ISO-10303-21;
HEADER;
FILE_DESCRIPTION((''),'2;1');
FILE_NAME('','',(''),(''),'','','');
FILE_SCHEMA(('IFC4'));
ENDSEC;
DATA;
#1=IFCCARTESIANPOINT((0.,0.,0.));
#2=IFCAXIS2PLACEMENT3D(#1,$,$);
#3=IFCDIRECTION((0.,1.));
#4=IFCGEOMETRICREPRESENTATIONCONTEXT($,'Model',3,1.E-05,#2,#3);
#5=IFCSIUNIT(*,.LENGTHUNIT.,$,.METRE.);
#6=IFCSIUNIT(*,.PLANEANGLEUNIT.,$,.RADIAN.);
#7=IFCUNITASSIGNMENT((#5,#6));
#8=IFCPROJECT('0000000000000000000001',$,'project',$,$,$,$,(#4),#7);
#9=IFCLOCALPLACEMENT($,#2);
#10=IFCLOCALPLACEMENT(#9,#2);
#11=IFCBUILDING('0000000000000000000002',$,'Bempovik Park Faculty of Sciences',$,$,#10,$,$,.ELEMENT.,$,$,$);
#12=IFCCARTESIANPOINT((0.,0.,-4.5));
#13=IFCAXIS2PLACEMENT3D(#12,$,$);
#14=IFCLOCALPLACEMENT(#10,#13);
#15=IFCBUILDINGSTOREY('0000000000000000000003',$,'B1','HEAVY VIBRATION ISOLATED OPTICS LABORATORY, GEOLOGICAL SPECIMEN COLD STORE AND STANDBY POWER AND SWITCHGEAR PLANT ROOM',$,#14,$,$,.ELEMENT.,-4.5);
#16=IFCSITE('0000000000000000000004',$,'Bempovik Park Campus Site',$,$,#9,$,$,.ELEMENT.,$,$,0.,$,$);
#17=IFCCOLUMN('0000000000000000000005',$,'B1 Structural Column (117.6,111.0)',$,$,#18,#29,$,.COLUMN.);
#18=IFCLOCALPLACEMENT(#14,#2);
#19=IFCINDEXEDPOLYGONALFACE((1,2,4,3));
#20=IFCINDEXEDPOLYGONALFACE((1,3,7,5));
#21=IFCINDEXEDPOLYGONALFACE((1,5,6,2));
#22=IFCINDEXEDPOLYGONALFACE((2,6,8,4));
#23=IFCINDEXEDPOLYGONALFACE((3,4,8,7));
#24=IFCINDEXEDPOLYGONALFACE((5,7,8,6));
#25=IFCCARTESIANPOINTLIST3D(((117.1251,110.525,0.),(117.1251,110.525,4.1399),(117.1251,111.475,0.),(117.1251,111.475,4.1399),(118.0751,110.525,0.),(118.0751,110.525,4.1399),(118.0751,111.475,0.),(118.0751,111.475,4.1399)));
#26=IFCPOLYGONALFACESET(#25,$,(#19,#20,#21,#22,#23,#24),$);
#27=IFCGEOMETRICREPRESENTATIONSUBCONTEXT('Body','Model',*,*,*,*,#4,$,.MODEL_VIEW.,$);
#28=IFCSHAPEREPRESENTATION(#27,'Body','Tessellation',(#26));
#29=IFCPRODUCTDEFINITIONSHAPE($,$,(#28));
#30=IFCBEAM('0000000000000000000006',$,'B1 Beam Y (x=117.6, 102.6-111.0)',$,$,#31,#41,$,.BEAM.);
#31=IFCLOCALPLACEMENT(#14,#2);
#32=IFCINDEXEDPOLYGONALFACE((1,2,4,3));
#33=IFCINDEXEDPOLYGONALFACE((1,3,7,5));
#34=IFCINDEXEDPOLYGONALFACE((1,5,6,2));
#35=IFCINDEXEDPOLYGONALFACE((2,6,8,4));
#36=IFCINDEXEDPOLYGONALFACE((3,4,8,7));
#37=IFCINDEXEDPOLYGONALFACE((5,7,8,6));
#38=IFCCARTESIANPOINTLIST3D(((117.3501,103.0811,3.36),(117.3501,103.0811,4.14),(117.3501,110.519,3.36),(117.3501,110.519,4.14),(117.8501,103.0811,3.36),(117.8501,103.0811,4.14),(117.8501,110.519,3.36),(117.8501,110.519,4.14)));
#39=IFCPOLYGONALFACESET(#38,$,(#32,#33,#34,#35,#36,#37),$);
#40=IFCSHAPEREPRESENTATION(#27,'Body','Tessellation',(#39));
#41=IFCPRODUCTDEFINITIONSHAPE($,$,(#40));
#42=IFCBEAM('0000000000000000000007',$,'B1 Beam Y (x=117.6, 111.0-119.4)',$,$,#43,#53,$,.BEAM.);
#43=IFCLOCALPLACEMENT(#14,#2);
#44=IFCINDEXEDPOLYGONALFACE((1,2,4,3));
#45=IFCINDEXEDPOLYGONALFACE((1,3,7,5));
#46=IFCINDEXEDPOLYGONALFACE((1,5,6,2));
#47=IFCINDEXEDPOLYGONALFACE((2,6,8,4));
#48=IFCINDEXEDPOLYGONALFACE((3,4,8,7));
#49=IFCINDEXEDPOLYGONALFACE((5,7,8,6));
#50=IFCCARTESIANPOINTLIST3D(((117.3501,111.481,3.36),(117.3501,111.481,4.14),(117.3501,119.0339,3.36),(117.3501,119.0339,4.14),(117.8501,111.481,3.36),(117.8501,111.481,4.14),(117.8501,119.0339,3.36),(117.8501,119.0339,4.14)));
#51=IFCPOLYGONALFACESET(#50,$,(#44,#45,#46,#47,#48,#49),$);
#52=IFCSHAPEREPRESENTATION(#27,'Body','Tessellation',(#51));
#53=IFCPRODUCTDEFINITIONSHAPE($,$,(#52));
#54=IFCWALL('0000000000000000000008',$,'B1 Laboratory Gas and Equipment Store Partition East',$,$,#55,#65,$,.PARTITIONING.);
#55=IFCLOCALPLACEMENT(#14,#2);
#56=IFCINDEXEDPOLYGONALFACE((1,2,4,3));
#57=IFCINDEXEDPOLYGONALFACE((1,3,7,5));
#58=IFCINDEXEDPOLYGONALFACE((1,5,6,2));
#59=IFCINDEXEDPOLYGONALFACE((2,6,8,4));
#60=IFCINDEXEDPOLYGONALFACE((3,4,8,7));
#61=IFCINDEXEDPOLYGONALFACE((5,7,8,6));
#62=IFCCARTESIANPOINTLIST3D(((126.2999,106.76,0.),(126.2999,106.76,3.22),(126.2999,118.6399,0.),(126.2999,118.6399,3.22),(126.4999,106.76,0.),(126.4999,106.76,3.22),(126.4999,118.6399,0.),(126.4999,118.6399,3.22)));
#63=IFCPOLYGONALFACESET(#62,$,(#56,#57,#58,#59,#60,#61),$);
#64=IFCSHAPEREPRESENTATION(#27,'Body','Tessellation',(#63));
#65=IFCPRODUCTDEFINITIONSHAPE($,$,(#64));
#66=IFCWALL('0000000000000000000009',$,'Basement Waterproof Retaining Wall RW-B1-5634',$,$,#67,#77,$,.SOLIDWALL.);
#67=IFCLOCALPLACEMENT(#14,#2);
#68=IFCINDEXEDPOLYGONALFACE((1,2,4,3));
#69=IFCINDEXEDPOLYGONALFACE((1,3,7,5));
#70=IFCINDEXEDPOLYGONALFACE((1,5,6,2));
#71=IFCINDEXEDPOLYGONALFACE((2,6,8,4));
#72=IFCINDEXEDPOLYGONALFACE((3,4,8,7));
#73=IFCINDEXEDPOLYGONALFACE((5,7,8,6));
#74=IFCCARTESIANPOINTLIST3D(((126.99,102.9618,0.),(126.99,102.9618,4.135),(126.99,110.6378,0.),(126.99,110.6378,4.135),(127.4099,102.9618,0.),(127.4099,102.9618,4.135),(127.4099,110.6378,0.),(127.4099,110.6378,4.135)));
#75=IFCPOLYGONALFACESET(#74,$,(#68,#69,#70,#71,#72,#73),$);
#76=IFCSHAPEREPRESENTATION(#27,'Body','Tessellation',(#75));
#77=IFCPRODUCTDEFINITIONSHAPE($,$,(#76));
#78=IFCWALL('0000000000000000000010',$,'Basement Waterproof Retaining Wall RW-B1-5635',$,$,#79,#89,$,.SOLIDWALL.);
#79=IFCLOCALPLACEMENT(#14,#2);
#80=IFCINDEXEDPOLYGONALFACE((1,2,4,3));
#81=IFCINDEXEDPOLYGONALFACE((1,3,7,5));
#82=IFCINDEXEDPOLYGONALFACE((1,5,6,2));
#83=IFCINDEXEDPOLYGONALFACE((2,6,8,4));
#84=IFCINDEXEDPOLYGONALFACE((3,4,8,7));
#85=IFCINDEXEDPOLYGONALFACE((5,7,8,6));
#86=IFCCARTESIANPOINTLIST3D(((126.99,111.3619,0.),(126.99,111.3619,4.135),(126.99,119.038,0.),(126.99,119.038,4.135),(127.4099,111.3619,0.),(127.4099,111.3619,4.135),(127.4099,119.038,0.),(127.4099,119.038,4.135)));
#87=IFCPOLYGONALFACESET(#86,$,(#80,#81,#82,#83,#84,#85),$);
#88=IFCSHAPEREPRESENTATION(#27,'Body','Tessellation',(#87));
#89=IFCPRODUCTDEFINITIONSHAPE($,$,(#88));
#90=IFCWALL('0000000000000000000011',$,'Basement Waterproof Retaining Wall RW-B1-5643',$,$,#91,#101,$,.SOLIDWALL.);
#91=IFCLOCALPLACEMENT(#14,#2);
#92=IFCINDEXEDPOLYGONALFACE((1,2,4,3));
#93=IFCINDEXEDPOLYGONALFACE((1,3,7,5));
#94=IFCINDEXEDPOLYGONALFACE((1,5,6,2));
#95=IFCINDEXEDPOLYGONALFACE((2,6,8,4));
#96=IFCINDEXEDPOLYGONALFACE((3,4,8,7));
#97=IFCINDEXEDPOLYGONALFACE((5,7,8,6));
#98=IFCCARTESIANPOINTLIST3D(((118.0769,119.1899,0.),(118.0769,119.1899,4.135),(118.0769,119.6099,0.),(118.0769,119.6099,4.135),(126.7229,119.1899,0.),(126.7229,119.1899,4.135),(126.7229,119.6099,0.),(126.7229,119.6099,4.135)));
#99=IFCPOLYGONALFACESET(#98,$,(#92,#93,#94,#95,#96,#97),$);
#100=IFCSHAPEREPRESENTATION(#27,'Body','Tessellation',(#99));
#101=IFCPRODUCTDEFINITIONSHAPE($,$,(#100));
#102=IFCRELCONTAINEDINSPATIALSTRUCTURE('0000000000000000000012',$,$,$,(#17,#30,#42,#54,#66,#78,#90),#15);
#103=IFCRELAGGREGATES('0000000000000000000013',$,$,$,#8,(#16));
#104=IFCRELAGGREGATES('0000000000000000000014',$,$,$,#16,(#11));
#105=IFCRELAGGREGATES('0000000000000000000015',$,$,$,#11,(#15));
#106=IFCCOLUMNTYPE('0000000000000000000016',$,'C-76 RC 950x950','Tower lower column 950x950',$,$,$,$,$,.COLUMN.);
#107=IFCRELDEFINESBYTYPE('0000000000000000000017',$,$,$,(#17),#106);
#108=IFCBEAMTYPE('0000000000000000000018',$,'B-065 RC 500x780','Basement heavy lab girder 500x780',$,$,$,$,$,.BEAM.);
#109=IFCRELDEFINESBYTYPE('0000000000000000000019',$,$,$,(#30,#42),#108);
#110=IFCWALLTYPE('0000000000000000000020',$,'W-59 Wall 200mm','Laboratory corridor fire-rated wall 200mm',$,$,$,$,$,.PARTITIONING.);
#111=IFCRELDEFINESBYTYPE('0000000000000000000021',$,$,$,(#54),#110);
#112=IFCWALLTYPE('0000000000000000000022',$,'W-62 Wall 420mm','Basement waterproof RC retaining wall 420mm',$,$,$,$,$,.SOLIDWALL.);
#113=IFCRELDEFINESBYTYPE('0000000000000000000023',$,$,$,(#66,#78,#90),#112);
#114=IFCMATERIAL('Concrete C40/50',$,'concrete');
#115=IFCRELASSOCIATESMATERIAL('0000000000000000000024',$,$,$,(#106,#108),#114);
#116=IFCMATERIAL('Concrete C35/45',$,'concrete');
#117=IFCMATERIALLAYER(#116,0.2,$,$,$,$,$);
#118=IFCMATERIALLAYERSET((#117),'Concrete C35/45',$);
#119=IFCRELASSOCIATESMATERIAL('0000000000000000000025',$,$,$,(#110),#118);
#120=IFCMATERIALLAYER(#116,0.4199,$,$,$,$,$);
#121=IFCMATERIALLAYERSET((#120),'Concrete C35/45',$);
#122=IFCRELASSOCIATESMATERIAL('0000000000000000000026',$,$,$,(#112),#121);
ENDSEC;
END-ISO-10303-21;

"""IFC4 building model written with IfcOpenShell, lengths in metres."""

from ifc_helpers import new_model, si_unit, direction, frame, frame_2d, origin, origin_2d, place, context, subcontext, project, spatial, rectangle, extrude, material, layer, layer_set, material_profile, profile_set, type_object, element, save


model = new_model("IFC4")

# Units and contexts
model_context = context("Model", 3, precision=1e-05, world=origin(), true_north=direction((0.0, 1.0)))
body_context = subcontext(model_context, "Body", "Model", "MODEL_VIEW")
ifc_project = project(units=[si_unit("LENGTHUNIT", "METRE"), si_unit("PLANEANGLEUNIT", "RADIAN")], contexts=[model_context])

# Site, building, storey
site_placement = place(None, origin())
site = spatial("IfcSite", under=ifc_project, at=site_placement, Name="Bempovik Park Campus Site", CompositionType="ELEMENT", RefElevation=0.0)
building_placement = place(site_placement, origin())
building = spatial("IfcBuilding", under=site, at=building_placement, Name="Bempovik Park Faculty of Sciences", CompositionType="ELEMENT")
storey_placement = place(building_placement, frame((0.0, 0.0, -4.5)))
storey = spatial("IfcBuildingStorey", under=building, at=storey_placement, Name="B1", Description="HEAVY VIBRATION ISOLATED OPTICS LABORATORY, GEOLOGICAL SPECIMEN COLD STORE AND STANDBY POWER AND SWITCHGEAR PLANT ROOM", CompositionType="ELEMENT", Elevation=-4.5)

# Shared definitions
ifc_material_1 = material(Name="Concrete C35/45", Category="concrete")

# Column
ifc_material_2 = material(Name="Concrete C40/50", Category="concrete")
ifc_material_profile_1 = material_profile(ifc_material_2, rectangle(XDim=0.95, YDim=0.95, at=origin_2d()), Name="RC 950x950")
ifc_profile_set_1 = profile_set([ifc_material_profile_1], Name="Concrete C40/50")
column_type_1 = type_object("IfcColumnType", Name="C-76 RC 950x950", Description="Tower lower column 950x950", PredefinedType="COLUMN", material=ifc_profile_set_1)
for number, where, z_axis, x_axis, name in (
    (1, (117.6001, 111.0, 0.0), (0.0, 0.0, 1.0), (1.0, 0.0, 0.0), "B1 Structural Column (117.6,111.0)"),
):
    element("IfcColumn", number, at=place(storey_placement, frame(where, z_axis=z_axis, x_axis=x_axis)), inside=storey, type_object=column_type_1, Name=name, PredefinedType="COLUMN", context=body_context, shape_type="SweptSolid", body=[
        extrude(rectangle(XDim=0.95, YDim=0.95, at=origin_2d()), origin(), (0.0, 0.0, 1.0), 4.1399),
    ])

# Beams
ifc_material_profile_2 = material_profile(ifc_material_2, rectangle(XDim=0.5, YDim=0.78, at=origin_2d()), Name="RC 500x780")
ifc_profile_set_2 = profile_set([ifc_material_profile_2], Name="Concrete C40/50")
beam_type = type_object("IfcBeamType", Name="B-065 RC 500x780", Description="Basement heavy lab girder 500x780", PredefinedType="BEAM", material=ifc_profile_set_2)
beam_1_placement = place(storey_placement, frame((117.6001, 103.0811, 3.75), z_axis=(0.0, 1.0, 0.0), x_axis=(-1.0, 0.0, 0.0)))
element("IfcBeam", 2, at=beam_1_placement, inside=storey, type_object=beam_type, Name="B1 Beam Y (x=117.6, 102.6-111.0)", PredefinedType="BEAM", context=body_context, shape_type="SweptSolid", body=[
    extrude(rectangle(XDim=0.5, YDim=0.78, at=origin_2d()), origin(), (0.0, 0.0, 1.0), 7.438),
])
beam_2_placement = place(storey_placement, frame((117.6001, 111.481, 3.75), z_axis=(0.0, 1.0, 0.0), x_axis=(-1.0, 0.0, 0.0)))
element("IfcBeam", 3, at=beam_2_placement, inside=storey, type_object=beam_type, Name="B1 Beam Y (x=117.6, 111.0-119.4)", PredefinedType="BEAM", context=body_context, shape_type="SweptSolid", body=[
    extrude(rectangle(XDim=0.5, YDim=0.78, at=origin_2d()), origin(), (0.0, 0.0, 1.0), 7.553),
])

# Walls
ifc_layer_1 = layer(ifc_material_1, 0.2)
ifc_layer_set_1 = layer_set([ifc_layer_1], Name="Concrete C35/45")
wall_type_1 = type_object("IfcWallType", Name="W-59 Wall 200mm", Description="Laboratory corridor fire-rated wall 200mm", PredefinedType="PARTITIONING", material=ifc_layer_set_1)
wall_1_placement = place(storey_placement, frame((126.3999, 106.76, 0.0), z_axis=(0.0, 0.0, 1.0), x_axis=(0.0, 1.0, 0.0)))
element("IfcWall", 4, at=wall_1_placement, inside=storey, type_object=wall_type_1, Name="B1 Laboratory Gas and Equipment Store Partition East", PredefinedType="PARTITIONING", context=body_context, shape_type="SweptSolid", body=[
    extrude(rectangle(XDim=11.8799, YDim=0.2, at=frame_2d((5.9399, 0.0))), origin(), (0.0, 0.0, 1.0), 3.22),
])
ifc_layer_2 = layer(ifc_material_1, 0.4199)
ifc_layer_set_2 = layer_set([ifc_layer_2], Name="Concrete C35/45")
wall_type_2 = type_object("IfcWallType", Name="W-62 Wall 420mm", Description="Basement waterproof RC retaining wall 420mm", PredefinedType="SOLIDWALL", material=ifc_layer_set_2)
for number, where, z_axis, x_axis, name in (
    (5, (127.2, 102.9619, 0.0), (0.0, 0.0, 1.0), (0.0, 1.0, 0.0), "Basement Waterproof Retaining Wall RW-B1-5634"),
    (6, (127.2, 111.3621, 0.0), (0.0, 0.0, 1.0), (0.0, 1.0, 0.0), "Basement Waterproof Retaining Wall RW-B1-5635"),
):
    element("IfcWall", number, at=place(storey_placement, frame(where, z_axis=z_axis, x_axis=x_axis)), inside=storey, type_object=wall_type_2, Name=name, PredefinedType="SOLIDWALL", context=body_context, shape_type="SweptSolid", body=[
        extrude(rectangle(XDim=7.676, YDim=0.4199, at=frame_2d((3.8379, 0.0))), origin(), (0.0, 0.0, 1.0), 4.135),
    ])
wall_2_placement = place(storey_placement, frame((118.0769, 119.3999, 0.0), z_axis=(0.0, 0.0, 1.0), x_axis=(1.0, 0.0, 0.0)))
element("IfcWall", 7, at=wall_2_placement, inside=storey, type_object=wall_type_2, Name="Basement Waterproof Retaining Wall RW-B1-5643", PredefinedType="SOLIDWALL", context=body_context, shape_type="SweptSolid", body=[
    extrude(rectangle(XDim=8.646, YDim=0.4199, at=frame_2d((4.323, 0.0))), origin(), (0.0, 0.0, 1.0), 4.135),
])

save(model, "model.ifc")
